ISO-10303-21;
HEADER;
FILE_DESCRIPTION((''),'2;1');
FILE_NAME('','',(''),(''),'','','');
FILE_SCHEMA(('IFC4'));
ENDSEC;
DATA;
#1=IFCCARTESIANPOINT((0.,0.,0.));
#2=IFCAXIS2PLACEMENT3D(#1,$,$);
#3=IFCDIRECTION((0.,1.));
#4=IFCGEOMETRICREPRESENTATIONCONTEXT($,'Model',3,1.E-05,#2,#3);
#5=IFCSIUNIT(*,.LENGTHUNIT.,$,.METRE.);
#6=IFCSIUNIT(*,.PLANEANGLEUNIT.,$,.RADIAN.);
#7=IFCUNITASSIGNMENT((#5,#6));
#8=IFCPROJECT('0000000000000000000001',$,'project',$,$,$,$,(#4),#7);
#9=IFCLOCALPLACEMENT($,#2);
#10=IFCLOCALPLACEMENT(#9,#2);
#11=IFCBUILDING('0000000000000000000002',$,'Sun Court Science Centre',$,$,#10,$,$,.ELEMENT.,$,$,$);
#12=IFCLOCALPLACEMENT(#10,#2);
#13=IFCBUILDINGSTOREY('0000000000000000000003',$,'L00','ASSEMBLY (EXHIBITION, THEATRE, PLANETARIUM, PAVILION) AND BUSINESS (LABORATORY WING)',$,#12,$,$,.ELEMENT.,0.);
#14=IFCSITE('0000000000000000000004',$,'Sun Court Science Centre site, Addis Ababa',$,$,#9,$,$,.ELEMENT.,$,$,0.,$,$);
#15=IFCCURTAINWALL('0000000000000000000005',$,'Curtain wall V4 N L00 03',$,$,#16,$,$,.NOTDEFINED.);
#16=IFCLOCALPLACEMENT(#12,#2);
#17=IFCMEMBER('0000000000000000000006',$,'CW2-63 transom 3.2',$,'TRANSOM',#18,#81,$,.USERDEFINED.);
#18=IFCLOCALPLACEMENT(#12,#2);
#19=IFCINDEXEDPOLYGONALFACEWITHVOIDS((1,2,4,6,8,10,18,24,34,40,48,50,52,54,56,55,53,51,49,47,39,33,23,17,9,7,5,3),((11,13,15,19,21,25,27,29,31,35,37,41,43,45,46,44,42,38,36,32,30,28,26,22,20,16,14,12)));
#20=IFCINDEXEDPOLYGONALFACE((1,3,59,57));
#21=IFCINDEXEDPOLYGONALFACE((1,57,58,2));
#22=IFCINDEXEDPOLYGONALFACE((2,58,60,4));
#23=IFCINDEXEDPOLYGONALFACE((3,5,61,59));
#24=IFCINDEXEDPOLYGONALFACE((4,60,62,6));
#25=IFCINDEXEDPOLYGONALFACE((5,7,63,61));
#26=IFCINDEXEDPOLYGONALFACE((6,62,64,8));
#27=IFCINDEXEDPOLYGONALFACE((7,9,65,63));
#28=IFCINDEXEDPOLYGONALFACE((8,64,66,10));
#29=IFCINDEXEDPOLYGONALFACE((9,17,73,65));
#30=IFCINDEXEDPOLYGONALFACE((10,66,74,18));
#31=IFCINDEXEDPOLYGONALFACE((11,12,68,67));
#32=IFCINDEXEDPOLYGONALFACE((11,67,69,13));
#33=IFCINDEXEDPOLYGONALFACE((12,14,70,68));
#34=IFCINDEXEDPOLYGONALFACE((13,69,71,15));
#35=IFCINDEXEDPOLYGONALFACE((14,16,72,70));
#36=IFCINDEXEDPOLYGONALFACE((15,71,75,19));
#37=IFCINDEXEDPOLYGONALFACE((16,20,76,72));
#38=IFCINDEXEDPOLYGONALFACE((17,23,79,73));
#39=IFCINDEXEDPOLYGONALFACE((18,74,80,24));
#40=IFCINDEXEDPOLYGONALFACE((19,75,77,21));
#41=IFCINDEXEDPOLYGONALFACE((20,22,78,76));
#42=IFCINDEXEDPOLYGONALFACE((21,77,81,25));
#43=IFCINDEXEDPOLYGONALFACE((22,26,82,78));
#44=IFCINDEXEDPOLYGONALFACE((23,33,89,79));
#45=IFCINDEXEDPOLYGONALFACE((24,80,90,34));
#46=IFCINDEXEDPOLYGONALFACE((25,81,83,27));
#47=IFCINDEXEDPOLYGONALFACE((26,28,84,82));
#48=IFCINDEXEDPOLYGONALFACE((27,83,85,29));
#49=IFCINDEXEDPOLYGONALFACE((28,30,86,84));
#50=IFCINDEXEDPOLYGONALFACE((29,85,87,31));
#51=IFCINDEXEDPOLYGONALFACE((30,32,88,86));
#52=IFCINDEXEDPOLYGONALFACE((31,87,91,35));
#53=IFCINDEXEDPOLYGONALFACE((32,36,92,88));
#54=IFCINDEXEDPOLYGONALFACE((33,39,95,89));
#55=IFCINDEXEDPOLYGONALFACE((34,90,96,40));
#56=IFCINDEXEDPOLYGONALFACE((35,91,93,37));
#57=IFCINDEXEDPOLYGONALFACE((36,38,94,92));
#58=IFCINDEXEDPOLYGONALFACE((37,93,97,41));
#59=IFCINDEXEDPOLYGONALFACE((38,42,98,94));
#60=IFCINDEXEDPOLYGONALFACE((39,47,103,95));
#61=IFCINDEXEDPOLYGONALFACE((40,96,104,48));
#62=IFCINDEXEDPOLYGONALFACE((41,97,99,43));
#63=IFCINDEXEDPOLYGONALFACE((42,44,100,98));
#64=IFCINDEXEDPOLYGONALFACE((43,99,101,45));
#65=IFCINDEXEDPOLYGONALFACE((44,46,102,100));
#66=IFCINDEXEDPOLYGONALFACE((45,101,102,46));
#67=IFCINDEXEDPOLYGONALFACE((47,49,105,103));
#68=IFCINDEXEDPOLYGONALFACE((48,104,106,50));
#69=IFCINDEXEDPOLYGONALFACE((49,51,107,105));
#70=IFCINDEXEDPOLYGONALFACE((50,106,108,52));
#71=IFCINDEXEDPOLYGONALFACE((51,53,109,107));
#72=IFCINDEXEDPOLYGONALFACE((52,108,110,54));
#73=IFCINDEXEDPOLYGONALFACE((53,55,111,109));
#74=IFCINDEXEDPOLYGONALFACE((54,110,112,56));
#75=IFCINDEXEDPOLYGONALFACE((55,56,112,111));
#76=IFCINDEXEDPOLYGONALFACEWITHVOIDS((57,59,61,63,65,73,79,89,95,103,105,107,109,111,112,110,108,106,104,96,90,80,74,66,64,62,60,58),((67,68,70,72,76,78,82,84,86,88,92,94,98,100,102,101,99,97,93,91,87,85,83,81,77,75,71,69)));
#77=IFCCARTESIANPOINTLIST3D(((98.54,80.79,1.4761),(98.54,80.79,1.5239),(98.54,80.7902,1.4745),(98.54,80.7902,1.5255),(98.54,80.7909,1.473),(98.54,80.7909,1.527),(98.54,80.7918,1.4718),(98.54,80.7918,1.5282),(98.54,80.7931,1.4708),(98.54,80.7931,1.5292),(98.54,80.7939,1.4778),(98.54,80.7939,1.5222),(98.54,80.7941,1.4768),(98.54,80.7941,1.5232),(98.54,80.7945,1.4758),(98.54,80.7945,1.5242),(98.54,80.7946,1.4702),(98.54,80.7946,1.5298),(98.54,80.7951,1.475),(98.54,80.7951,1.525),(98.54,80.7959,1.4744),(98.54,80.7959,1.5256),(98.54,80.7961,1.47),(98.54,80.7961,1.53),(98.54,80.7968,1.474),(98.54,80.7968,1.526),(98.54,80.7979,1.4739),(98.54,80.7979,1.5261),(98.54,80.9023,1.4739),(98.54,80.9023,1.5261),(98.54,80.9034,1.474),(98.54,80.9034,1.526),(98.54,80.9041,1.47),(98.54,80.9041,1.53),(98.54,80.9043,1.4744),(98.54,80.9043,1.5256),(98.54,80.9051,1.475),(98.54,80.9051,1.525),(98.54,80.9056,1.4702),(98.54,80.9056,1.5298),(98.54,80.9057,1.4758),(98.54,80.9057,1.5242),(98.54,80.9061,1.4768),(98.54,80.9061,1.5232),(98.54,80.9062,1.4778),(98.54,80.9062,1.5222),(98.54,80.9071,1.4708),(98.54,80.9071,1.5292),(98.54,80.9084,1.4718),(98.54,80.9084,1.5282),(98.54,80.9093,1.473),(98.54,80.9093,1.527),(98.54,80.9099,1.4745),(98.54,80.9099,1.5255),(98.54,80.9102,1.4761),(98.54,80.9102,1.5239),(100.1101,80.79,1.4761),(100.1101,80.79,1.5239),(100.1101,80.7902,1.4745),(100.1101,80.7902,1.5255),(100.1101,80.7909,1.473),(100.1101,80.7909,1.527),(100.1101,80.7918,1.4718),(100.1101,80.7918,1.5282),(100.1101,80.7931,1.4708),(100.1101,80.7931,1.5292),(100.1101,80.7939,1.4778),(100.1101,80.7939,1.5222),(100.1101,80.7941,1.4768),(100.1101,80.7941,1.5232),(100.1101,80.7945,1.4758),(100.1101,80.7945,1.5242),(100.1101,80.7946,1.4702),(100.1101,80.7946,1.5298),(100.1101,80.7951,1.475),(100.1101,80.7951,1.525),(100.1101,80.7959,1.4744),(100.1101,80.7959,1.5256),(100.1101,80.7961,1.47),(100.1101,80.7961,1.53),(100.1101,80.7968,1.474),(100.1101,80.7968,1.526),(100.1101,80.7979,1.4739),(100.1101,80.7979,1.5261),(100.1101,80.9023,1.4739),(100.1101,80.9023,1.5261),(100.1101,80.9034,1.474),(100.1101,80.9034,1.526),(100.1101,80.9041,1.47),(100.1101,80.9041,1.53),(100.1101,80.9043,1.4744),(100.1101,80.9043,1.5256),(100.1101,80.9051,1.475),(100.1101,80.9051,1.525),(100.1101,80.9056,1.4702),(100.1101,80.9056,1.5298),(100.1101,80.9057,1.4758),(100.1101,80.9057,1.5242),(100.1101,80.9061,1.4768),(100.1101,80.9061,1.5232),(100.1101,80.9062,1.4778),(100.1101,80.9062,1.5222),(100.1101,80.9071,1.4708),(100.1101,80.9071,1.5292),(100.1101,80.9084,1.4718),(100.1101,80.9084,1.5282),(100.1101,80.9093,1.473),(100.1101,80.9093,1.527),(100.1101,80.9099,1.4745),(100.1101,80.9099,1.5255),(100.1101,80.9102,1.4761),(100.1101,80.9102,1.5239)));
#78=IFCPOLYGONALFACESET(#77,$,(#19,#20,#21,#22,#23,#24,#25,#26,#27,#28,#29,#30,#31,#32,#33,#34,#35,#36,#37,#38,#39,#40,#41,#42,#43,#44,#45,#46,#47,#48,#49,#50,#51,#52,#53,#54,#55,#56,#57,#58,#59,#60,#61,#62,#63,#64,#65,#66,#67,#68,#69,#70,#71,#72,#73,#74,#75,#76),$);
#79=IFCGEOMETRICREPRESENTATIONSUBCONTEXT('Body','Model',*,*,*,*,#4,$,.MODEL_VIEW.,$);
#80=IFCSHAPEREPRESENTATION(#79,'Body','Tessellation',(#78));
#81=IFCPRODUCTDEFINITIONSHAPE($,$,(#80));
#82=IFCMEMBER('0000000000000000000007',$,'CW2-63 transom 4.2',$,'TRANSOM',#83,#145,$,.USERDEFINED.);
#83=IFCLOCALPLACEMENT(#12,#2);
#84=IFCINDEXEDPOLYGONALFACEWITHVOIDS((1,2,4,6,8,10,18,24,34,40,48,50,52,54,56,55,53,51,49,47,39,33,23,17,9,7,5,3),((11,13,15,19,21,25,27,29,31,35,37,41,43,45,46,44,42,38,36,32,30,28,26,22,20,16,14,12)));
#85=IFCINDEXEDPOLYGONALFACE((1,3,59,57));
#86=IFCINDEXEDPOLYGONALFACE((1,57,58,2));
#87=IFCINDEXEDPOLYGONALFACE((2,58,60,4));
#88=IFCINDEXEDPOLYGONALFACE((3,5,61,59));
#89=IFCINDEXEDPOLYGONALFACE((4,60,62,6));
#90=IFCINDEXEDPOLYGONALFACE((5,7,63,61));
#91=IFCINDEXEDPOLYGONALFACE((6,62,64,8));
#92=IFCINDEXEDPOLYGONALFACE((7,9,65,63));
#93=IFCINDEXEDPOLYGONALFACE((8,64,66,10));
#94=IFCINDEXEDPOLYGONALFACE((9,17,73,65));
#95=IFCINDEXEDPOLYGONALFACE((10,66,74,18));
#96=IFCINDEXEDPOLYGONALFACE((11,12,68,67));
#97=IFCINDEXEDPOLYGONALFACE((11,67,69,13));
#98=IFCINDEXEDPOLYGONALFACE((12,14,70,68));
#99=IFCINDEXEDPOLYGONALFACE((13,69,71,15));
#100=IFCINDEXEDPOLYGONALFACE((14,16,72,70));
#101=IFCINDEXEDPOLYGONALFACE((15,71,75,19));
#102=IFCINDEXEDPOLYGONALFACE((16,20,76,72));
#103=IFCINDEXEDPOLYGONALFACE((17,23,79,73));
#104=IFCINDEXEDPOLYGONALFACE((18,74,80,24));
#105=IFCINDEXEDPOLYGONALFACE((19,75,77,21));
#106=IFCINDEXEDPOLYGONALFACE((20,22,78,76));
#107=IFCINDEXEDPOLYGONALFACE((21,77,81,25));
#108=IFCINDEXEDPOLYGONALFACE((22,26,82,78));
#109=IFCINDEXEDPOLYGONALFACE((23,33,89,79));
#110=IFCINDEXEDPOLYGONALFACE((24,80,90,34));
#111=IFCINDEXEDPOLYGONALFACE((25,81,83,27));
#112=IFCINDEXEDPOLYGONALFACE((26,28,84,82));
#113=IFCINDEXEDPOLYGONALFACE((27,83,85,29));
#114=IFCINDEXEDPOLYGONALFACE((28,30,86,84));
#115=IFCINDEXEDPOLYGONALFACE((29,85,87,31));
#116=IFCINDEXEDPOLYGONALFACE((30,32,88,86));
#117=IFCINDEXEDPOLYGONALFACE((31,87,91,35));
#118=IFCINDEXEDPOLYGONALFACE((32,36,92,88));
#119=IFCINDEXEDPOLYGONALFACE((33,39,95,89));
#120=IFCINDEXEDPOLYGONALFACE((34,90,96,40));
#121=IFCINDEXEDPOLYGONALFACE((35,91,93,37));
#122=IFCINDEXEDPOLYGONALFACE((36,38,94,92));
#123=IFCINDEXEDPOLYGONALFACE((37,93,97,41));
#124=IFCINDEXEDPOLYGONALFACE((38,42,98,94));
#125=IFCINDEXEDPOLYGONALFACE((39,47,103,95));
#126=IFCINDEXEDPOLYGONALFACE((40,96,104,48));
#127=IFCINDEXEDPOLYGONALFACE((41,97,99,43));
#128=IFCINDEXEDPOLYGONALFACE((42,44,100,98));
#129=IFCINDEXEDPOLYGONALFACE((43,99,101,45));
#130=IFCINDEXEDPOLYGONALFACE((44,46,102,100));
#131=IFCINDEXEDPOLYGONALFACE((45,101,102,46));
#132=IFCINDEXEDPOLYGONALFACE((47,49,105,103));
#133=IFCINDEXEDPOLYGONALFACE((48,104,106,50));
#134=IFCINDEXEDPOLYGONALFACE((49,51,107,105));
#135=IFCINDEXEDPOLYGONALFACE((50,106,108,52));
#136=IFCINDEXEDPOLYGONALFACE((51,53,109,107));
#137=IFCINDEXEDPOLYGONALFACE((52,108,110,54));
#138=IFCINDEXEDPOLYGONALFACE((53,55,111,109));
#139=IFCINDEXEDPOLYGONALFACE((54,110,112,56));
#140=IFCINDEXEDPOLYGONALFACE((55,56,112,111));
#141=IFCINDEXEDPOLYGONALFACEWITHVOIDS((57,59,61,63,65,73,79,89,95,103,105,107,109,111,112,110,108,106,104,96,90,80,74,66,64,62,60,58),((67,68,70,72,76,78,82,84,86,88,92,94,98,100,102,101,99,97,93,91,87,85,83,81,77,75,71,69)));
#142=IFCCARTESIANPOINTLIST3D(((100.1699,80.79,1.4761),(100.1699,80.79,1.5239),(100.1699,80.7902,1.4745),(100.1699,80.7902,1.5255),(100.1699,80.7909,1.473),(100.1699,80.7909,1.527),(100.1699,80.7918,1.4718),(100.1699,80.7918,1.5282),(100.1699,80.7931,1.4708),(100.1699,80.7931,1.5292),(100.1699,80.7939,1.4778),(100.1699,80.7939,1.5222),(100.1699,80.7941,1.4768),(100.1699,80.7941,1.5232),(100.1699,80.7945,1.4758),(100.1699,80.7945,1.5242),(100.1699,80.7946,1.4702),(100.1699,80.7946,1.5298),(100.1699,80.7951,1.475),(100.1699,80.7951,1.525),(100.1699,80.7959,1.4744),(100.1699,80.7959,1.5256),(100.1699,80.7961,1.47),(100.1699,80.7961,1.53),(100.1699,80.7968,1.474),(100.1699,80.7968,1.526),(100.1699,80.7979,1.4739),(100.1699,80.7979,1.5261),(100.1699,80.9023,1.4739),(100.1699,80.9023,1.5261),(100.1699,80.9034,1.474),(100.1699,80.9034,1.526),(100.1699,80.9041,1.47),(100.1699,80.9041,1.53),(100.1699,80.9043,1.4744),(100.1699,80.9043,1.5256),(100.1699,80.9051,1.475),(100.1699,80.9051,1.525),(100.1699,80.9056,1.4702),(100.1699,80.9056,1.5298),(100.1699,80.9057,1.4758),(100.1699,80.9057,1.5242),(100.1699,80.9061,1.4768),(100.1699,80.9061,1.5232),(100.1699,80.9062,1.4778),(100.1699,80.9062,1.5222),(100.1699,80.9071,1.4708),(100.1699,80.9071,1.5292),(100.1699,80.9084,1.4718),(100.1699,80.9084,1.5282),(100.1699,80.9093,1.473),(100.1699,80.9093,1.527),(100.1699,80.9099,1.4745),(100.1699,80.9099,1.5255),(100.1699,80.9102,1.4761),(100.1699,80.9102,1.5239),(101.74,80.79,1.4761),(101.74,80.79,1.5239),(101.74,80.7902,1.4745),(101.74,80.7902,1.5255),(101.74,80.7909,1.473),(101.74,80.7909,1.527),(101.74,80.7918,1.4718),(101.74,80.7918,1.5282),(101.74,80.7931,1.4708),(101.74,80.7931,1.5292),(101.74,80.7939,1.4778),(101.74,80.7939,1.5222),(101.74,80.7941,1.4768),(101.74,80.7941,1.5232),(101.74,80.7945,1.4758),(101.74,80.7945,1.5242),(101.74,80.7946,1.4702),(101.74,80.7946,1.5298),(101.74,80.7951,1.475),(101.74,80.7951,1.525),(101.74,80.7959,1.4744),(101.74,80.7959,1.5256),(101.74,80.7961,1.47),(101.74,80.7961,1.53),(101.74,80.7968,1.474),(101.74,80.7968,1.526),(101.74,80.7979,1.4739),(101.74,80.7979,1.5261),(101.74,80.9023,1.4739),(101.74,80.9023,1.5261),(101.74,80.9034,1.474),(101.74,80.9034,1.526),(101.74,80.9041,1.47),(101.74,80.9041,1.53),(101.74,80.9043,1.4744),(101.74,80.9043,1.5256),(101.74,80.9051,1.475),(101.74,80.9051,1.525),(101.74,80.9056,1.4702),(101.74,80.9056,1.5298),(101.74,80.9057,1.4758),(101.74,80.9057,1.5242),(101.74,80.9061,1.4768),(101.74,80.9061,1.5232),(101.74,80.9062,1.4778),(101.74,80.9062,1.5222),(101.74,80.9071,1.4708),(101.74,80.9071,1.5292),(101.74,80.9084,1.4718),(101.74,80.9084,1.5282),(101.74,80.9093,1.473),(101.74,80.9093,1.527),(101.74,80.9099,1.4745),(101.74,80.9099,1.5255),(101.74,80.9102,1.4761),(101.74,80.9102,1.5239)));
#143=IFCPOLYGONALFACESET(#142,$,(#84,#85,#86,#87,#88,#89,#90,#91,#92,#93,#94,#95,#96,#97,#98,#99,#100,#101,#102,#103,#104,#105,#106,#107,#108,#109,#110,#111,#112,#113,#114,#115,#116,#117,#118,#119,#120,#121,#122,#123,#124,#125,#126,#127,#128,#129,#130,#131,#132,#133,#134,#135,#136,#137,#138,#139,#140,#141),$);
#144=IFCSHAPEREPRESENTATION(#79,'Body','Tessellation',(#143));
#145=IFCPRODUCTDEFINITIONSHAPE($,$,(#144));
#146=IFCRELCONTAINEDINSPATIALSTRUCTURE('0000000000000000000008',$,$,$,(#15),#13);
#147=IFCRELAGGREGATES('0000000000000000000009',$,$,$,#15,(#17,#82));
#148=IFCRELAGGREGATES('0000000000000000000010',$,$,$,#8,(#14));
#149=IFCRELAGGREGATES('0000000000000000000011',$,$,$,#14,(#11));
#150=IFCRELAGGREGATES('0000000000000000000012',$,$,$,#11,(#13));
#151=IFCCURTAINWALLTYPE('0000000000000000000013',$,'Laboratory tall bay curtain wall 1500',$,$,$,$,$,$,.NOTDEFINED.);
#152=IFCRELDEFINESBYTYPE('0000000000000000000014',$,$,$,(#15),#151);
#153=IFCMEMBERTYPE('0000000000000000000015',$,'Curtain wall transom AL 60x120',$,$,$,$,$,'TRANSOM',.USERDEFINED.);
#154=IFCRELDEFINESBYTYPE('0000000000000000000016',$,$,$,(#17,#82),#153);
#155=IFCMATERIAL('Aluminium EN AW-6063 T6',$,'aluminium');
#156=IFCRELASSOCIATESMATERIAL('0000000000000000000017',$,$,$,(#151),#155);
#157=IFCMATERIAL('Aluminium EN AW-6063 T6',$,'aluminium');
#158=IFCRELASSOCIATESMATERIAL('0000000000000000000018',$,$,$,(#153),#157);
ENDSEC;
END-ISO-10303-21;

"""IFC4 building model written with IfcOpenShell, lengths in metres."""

from ifc_helpers import new_model, si_unit, direction, frame, origin, origin_2d, place, context, subcontext, project, spatial, hollow_rectangle, extrude, material, material_profile, profile_set, type_object, element, aggregate, save


model = new_model("IFC4")

# Units and contexts
model_context = context("Model", 3, precision=1e-05, world=origin(), true_north=direction((0.0, 1.0)))
body_context = subcontext(model_context, "Body", "Model", "MODEL_VIEW")
ifc_project = project(units=[si_unit("LENGTHUNIT", "METRE"), si_unit("PLANEANGLEUNIT", "RADIAN")], contexts=[model_context])

# Site, building, storey
site_placement = place(None, origin())
site = spatial("IfcSite", under=ifc_project, at=site_placement, Name="Sun Court Science Centre site, Addis Ababa", CompositionType="ELEMENT", RefElevation=0.0)
building_placement = place(site_placement, origin())
building = spatial("IfcBuilding", under=site, at=building_placement, Name="Sun Court Science Centre", CompositionType="ELEMENT")
storey_placement = place(building_placement, origin())
storey = spatial("IfcBuildingStorey", under=building, at=storey_placement, Name="L00", Description="ASSEMBLY (EXHIBITION, THEATRE, PLANETARIUM, PAVILION) AND BUSINESS (LABORATORY WING)", CompositionType="ELEMENT", Elevation=0.0)

# Curtain wall, members
ifc_material_1 = material(Name="Aluminium EN AW-6063 T6", Category="aluminium")
curtain_wall_type = type_object("IfcCurtainWallType", Name="Laboratory tall bay curtain wall 1500", PredefinedType="NOTDEFINED", material=ifc_material_1)
curtain_wall_placement = place(storey_placement, origin())
curtain_wall = element("IfcCurtainWall", 1, at=curtain_wall_placement, inside=storey, type_object=curtain_wall_type, Name="Curtain wall V4 N L00 03", PredefinedType="NOTDEFINED")
ifc_material_2 = material(Name="Aluminium EN AW-6063 T6", Category="aluminium")
ifc_material_profile_1 = material_profile(ifc_material_2, hollow_rectangle(XDim=0.0601, YDim=0.1201, WallThickness=0.0039, InnerFilletRadius=0.0039, OuterFilletRadius=0.0061, at=origin_2d()), Name="AL 60x120x4")
ifc_profile_set_1 = profile_set([ifc_material_profile_1], Name="Aluminium EN AW-6063 T6")
member_type_1 = type_object("IfcMemberType", Name="Curtain wall transom AL 60x120", ElementType="TRANSOM", PredefinedType="USERDEFINED", material=ifc_profile_set_1)
member_1_placement = place(storey_placement, frame((98.54, 80.8501, 1.5), z_axis=(1.0, 0.0, 0.0), x_axis=(0.0, 0.0, 1.0)))
member_1 = element("IfcMember", 2, at=member_1_placement, type_object=member_type_1, Name="CW2-63 transom 3.2", ObjectType="TRANSOM", PredefinedType="USERDEFINED", context=body_context, shape_type="SweptSolid", body=[
    extrude(hollow_rectangle(XDim=0.0601, YDim=0.1201, WallThickness=0.0039, InnerFilletRadius=0.0039, OuterFilletRadius=0.0061, at=origin_2d()), origin(), (0.0, 0.0, 1.0), 1.5701),
])
member_2_placement = place(storey_placement, frame((100.1699, 80.8501, 1.5), z_axis=(1.0, 0.0, 0.0), x_axis=(0.0, 0.0, 1.0)))
member_2 = element("IfcMember", 3, at=member_2_placement, type_object=member_type_1, Name="CW2-63 transom 4.2", ObjectType="TRANSOM", PredefinedType="USERDEFINED", context=body_context, shape_type="SweptSolid", body=[
    extrude(hollow_rectangle(XDim=0.0601, YDim=0.1201, WallThickness=0.0039, InnerFilletRadius=0.0039, OuterFilletRadius=0.0061, at=origin_2d()), origin(), (0.0, 0.0, 1.0), 1.5701),
])
aggregate(curtain_wall, [member_1, member_2])

save(model, "model.ifc")
